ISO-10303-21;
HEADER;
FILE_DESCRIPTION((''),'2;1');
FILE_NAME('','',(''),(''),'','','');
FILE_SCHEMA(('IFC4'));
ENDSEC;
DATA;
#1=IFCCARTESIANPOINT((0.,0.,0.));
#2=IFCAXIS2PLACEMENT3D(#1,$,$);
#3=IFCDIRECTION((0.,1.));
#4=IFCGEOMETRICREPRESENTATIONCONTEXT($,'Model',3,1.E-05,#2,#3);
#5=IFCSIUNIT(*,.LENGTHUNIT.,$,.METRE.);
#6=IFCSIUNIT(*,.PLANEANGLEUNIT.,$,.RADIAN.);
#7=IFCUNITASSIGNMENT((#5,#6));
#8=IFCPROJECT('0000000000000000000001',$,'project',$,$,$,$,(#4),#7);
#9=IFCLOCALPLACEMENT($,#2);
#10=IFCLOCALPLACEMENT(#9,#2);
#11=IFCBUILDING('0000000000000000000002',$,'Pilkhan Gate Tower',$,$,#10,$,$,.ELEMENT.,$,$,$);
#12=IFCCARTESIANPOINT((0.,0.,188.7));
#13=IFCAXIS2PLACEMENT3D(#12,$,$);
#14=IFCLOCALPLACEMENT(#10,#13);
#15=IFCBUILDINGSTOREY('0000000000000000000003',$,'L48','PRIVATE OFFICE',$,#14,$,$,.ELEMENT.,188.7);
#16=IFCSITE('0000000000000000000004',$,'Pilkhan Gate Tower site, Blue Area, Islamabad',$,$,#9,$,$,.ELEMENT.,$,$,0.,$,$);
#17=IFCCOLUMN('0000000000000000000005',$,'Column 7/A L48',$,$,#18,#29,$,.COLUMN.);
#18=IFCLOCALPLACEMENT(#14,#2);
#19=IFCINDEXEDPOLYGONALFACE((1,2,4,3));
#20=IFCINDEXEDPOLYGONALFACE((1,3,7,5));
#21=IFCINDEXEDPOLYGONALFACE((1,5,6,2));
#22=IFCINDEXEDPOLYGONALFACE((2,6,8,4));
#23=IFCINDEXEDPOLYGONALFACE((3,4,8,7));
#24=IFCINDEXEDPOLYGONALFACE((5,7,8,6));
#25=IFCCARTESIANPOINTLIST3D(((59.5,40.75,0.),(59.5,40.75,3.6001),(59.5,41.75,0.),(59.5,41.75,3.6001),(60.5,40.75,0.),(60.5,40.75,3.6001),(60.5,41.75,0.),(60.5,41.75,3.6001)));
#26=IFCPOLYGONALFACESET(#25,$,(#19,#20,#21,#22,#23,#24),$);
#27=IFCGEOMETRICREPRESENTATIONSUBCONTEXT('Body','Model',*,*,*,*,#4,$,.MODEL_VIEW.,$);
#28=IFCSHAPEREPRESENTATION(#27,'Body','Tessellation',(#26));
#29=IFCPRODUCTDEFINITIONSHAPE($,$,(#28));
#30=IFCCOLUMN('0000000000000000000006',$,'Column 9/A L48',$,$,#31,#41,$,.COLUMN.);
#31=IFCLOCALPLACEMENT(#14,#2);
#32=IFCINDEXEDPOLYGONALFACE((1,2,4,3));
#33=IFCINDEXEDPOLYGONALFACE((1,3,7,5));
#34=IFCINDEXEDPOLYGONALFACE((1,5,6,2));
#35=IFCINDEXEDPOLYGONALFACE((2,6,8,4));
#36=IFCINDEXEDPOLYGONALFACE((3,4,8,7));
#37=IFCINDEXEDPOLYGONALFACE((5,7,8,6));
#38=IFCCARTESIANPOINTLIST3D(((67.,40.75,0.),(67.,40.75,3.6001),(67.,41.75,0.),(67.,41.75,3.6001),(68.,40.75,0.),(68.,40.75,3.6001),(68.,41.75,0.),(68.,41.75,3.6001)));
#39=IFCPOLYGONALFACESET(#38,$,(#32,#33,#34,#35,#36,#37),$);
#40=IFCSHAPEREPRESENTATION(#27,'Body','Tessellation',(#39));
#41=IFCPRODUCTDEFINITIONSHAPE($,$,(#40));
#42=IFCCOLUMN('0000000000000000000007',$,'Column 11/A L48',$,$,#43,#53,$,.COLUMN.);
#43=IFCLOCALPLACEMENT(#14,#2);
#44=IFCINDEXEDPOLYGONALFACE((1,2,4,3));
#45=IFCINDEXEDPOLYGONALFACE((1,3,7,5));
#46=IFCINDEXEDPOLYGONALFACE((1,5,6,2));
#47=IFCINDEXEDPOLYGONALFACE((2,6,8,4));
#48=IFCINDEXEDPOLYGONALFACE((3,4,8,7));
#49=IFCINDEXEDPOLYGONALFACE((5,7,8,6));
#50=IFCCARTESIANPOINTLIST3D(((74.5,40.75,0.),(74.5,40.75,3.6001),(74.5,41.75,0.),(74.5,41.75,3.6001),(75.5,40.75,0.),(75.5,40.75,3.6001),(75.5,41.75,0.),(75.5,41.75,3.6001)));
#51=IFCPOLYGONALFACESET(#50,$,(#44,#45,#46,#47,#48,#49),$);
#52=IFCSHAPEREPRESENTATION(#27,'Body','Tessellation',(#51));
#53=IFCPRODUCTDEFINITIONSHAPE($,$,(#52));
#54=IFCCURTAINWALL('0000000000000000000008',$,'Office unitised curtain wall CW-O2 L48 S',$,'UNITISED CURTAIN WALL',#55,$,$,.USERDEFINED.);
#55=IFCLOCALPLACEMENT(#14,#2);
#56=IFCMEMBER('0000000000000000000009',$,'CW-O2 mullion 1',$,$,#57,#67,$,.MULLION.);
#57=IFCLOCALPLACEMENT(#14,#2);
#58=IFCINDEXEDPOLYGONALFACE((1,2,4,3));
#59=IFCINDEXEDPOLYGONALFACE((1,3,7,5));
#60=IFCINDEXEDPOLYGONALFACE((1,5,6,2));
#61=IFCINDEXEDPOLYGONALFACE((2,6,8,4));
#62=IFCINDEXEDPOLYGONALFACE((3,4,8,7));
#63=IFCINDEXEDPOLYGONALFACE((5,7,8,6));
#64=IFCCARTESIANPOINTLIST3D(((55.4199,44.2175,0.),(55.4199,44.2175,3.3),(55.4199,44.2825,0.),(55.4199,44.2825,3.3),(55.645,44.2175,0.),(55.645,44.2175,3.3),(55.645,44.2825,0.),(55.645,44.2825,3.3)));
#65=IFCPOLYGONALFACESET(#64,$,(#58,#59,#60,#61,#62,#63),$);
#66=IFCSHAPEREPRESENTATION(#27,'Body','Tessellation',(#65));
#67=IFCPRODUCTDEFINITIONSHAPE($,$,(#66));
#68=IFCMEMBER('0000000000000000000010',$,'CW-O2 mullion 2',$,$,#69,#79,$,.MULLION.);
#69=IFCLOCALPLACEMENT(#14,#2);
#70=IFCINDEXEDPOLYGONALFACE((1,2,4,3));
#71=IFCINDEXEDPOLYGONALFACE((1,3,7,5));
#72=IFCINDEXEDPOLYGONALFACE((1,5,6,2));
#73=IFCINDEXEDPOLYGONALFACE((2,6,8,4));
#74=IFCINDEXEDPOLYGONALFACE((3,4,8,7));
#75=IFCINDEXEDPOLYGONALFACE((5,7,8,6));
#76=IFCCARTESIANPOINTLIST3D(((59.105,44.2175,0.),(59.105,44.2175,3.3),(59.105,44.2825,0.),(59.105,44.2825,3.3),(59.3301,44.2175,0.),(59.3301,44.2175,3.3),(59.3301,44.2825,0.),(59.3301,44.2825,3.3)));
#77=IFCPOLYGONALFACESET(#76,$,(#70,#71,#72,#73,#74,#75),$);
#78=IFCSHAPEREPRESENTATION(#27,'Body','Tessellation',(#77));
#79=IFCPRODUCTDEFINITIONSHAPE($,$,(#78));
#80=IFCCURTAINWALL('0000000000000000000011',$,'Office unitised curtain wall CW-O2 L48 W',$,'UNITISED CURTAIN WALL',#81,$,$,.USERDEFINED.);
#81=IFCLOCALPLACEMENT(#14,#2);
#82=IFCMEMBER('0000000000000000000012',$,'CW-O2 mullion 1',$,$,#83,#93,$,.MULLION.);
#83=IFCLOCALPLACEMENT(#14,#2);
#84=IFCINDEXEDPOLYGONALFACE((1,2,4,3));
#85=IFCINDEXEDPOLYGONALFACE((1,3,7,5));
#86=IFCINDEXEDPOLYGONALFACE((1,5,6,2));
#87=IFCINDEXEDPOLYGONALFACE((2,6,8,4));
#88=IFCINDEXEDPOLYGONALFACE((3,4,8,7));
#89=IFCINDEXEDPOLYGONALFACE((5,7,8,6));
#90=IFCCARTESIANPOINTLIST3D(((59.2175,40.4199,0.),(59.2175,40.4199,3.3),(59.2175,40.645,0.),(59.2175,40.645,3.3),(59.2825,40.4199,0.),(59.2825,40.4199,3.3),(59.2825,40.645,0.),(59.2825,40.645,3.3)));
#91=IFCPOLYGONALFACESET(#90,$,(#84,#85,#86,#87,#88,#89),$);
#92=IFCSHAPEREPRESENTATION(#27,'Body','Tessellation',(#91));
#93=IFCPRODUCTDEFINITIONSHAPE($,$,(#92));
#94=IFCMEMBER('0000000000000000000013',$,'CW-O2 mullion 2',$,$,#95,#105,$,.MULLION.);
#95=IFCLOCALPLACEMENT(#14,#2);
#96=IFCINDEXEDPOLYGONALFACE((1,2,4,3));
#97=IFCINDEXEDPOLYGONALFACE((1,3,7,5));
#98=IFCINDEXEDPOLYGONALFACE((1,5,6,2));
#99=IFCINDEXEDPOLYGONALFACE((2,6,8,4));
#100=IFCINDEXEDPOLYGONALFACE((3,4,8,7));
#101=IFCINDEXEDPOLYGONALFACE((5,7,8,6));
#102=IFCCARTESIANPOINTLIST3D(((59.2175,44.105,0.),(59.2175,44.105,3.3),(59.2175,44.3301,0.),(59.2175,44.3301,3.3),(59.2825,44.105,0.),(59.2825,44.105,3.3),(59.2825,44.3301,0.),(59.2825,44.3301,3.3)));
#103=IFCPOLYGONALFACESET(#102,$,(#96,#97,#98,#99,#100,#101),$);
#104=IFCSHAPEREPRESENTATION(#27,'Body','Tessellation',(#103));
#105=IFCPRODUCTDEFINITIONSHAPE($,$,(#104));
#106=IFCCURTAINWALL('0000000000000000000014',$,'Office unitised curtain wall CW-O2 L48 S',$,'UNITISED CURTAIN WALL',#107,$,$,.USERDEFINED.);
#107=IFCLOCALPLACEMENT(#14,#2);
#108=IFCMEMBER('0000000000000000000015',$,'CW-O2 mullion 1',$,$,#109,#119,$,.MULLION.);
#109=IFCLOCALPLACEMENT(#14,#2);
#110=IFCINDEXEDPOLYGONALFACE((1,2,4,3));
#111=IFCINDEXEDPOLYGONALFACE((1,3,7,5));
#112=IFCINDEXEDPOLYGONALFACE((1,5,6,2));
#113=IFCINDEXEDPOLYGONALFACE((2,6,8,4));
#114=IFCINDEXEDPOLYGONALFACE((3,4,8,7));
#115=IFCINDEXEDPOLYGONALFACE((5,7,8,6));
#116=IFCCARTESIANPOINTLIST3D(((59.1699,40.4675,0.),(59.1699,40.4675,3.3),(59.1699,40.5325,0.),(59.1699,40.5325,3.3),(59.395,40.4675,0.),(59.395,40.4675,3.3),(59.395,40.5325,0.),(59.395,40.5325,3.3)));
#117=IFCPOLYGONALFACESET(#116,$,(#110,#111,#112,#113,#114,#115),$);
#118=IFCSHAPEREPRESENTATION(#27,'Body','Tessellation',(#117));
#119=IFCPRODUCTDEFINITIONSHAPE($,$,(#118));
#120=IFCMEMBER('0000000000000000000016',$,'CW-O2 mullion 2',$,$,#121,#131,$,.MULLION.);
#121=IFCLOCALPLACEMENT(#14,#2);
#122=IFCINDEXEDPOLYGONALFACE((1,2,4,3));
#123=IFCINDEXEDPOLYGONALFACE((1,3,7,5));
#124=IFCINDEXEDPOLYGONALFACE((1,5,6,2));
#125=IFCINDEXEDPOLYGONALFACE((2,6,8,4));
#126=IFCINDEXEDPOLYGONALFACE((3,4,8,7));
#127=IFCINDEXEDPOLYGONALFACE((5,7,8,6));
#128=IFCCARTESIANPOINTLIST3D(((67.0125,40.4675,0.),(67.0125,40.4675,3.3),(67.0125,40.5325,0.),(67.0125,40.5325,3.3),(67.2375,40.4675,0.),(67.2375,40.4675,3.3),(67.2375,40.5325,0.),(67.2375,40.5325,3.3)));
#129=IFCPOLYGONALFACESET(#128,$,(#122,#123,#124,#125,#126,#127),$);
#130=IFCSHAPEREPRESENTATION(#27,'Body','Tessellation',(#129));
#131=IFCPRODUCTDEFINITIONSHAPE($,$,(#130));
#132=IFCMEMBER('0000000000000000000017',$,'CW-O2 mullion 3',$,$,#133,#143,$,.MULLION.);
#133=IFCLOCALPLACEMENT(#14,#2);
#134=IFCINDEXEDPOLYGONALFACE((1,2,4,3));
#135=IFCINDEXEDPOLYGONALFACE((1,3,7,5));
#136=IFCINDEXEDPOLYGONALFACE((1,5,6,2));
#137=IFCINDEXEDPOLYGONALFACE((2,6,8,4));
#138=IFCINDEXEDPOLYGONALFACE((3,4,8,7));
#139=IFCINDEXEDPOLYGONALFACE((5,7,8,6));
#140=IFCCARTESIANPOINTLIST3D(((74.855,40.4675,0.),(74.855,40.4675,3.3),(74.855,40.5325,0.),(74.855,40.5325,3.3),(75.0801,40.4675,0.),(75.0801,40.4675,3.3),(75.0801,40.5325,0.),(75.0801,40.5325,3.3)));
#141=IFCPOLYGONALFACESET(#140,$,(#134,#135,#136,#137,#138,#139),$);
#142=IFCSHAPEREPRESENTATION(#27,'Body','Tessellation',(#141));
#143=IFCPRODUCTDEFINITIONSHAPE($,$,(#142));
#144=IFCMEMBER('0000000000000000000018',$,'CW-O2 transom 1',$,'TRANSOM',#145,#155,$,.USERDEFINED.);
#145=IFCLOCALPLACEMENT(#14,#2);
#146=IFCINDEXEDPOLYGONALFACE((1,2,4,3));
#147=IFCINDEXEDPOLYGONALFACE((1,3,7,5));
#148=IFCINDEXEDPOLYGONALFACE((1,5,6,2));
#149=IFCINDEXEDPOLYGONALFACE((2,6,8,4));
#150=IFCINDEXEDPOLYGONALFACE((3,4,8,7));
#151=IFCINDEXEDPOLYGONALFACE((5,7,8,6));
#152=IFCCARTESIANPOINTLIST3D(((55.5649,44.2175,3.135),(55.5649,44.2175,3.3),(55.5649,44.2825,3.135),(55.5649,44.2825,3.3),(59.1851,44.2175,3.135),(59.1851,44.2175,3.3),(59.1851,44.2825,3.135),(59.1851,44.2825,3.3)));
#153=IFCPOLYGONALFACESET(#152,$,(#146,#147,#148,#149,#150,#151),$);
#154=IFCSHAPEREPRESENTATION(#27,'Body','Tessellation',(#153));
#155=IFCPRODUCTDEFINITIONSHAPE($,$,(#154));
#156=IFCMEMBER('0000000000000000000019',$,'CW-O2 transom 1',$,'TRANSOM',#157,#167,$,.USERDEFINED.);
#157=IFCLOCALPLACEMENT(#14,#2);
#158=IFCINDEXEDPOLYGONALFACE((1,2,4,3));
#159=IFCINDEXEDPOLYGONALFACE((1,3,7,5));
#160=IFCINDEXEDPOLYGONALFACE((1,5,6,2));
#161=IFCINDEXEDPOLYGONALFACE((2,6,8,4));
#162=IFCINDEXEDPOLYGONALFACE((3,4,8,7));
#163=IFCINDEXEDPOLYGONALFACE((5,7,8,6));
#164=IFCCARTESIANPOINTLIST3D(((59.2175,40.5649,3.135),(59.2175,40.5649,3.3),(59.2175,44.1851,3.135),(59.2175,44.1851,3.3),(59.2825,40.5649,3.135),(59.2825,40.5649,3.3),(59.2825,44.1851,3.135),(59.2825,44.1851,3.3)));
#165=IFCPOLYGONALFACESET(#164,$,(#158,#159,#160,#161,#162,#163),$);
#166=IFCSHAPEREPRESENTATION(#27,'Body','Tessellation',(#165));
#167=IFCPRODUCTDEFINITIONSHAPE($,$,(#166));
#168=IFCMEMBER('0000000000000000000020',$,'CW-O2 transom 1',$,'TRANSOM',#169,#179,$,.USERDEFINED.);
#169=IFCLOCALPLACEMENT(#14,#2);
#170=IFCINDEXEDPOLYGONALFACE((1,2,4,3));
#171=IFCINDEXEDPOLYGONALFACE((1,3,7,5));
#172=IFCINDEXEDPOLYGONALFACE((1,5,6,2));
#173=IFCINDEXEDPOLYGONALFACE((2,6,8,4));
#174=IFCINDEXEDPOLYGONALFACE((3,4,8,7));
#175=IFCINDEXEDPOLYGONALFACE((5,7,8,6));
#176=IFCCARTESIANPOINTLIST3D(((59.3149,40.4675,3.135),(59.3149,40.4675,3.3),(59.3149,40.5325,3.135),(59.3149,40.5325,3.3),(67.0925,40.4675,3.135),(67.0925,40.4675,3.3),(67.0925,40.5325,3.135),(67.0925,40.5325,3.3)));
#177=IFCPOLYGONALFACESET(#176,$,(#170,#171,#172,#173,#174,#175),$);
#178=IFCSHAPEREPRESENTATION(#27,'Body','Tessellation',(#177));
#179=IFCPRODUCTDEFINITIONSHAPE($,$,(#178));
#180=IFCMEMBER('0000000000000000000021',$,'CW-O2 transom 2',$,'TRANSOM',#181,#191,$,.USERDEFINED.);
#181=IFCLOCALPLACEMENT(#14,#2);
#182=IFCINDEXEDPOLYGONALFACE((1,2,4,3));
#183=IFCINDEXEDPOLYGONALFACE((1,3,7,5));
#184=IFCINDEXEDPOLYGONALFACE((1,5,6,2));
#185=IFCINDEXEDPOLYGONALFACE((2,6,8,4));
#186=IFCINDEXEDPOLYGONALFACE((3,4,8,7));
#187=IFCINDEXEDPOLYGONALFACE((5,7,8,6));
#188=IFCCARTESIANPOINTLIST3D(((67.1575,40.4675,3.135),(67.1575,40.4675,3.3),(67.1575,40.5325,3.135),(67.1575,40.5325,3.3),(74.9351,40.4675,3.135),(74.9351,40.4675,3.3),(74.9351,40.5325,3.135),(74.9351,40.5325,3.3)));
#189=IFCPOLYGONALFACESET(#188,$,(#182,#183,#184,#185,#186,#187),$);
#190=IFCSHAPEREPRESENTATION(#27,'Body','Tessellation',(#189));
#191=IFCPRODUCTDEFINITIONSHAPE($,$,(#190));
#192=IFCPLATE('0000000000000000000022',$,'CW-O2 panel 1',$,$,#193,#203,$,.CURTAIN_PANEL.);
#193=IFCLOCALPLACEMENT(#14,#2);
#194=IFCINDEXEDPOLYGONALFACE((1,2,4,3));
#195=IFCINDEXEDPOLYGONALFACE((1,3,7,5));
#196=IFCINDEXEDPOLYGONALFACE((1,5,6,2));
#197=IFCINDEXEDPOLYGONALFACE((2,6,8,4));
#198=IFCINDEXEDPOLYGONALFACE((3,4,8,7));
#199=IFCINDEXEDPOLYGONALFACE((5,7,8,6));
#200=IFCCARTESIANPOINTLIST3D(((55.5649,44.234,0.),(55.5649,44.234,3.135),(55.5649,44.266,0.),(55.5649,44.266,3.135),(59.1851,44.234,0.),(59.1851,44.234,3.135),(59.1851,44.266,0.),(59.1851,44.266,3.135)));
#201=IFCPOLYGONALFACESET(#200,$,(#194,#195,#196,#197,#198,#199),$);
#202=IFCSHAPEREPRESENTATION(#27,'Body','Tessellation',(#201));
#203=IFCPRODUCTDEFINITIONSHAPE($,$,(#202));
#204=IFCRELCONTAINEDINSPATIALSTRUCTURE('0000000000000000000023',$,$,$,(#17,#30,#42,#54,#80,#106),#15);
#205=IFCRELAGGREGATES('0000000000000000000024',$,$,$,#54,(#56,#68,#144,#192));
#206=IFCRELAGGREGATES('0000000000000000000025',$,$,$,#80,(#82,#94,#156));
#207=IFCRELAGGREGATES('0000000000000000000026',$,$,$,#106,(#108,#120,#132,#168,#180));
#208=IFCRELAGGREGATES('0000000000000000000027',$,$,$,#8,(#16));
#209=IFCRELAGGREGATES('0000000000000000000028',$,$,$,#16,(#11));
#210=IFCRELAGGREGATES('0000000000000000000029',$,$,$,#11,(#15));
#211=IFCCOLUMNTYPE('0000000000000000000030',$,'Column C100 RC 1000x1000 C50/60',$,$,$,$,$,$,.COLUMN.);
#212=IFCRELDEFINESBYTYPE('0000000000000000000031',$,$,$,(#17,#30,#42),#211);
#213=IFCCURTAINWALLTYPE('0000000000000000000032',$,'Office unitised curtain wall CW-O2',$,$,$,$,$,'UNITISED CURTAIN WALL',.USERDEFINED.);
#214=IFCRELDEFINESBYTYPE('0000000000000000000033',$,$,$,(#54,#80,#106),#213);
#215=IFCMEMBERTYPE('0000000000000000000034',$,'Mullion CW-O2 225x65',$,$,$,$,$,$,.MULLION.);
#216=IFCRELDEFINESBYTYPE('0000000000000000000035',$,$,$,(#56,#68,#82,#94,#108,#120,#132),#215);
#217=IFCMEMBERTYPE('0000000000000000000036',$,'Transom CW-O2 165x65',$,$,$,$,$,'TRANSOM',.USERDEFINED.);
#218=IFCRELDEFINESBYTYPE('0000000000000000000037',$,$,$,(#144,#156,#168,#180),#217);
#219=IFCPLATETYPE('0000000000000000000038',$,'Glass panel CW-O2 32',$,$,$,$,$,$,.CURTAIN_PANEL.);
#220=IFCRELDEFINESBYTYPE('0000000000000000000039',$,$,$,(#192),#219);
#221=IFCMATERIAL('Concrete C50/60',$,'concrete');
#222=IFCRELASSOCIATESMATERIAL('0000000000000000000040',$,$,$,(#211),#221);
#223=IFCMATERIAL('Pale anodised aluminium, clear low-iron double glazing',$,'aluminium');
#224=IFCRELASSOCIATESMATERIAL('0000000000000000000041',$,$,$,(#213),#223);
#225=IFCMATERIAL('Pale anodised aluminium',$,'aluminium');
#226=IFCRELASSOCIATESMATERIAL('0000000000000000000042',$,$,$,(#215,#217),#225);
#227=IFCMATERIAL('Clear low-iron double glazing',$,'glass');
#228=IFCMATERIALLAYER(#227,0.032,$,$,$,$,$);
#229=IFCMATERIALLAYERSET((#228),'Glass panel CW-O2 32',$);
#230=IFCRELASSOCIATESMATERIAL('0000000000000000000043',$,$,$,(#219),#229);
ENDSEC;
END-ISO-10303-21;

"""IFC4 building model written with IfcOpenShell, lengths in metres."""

from ifc_helpers import new_model, si_unit, direction, frame, origin, origin_2d, place, context, subcontext, project, spatial, rectangle, extrude, material, layer, layer_set, material_profile, profile_set, type_object, element, aggregate, save


model = new_model("IFC4")

# Units and contexts
model_context = context("Model", 3, precision=1e-05, world=origin(), true_north=direction((0.0, 1.0)))
body_context = subcontext(model_context, "Body", "Model", "MODEL_VIEW")
ifc_project = project(units=[si_unit("LENGTHUNIT", "METRE"), si_unit("PLANEANGLEUNIT", "RADIAN")], contexts=[model_context])

# Site, building, storey
site_placement = place(None, origin())
site = spatial("IfcSite", under=ifc_project, at=site_placement, Name="Pilkhan Gate Tower site, Blue Area, Islamabad", CompositionType="ELEMENT", RefElevation=0.0)
building_placement = place(site_placement, origin())
building = spatial("IfcBuilding", under=site, at=building_placement, Name="Pilkhan Gate Tower", CompositionType="ELEMENT")
storey_placement = place(building_placement, frame((0.0, 0.0, 188.7)))
storey = spatial("IfcBuildingStorey", under=building, at=storey_placement, Name="L48", Description="PRIVATE OFFICE", CompositionType="ELEMENT", Elevation=188.7)

# Columns
ifc_material_1 = material(Name="Concrete C50/60", Category="concrete")
ifc_material_profile_1 = material_profile(ifc_material_1, rectangle(XDim=1.0, YDim=1.0, at=origin_2d()), Name="RC 1000x1000")
ifc_profile_set_1 = profile_set([ifc_material_profile_1], Name="Concrete C50/60")
column_type = type_object("IfcColumnType", Name="Column C100 RC 1000x1000 C50/60", PredefinedType="COLUMN", material=ifc_profile_set_1)
for number, where, z_axis, x_axis, name in (
    (1, (60.0, 41.25, 0.0), (0.0, 0.0, 1.0), (1.0, 0.0, 0.0), "Column 7/A L48"),
    (2, (67.5, 41.25, 0.0), (0.0, 0.0, 1.0), (1.0, 0.0, 0.0), "Column 9/A L48"),
    (3, (75.0, 41.25, 0.0), (0.0, 0.0, 1.0), (1.0, 0.0, 0.0), "Column 11/A L48"),
):
    element("IfcColumn", number, at=place(storey_placement, frame(where, z_axis=z_axis, x_axis=x_axis)), inside=storey, type_object=column_type, Name=name, PredefinedType="COLUMN", context=body_context, shape_type="SweptSolid", body=[
        extrude(rectangle(XDim=1.0, YDim=1.0, at=origin_2d()), origin(), (0.0, 0.0, 1.0), 3.6001),
    ])

# Curtain walls, members
ifc_material_2 = material(Name="Pale anodised aluminium, clear low-iron double glazing", Category="aluminium")
curtain_wall_type = type_object("IfcCurtainWallType", Name="Office unitised curtain wall CW-O2", ElementType="UNITISED CURTAIN WALL", PredefinedType="USERDEFINED", material=ifc_material_2)
curtain_wall_1_placement = place(storey_placement, origin())
curtain_wall_1 = element("IfcCurtainWall", 4, at=curtain_wall_1_placement, inside=storey, type_object=curtain_wall_type, Name="Office unitised curtain wall CW-O2 L48 S", ObjectType="UNITISED CURTAIN WALL", PredefinedType="USERDEFINED")
ifc_material_3 = material(Name="Pale anodised aluminium", Category="aluminium")
ifc_material_profile_2 = material_profile(ifc_material_3, rectangle(XDim=0.0649, YDim=0.2251, at=origin_2d()), Name="Mullion 225x65")
ifc_profile_set_2 = profile_set([ifc_material_profile_2], Name="Pale anodised aluminium")
member_type_1 = type_object("IfcMemberType", Name="Mullion CW-O2 225x65", PredefinedType="MULLION", material=ifc_profile_set_2)
member_1_placement = place(storey_placement, frame((55.5325, 44.25, 0.0), z_axis=(0.0, 0.0, 1.0), x_axis=(0.0, 1.0, 0.0)))
member_1 = element("IfcMember", 5, at=member_1_placement, type_object=member_type_1, Name="CW-O2 mullion 1", PredefinedType="MULLION", context=body_context, shape_type="SweptSolid", body=[
    extrude(rectangle(XDim=0.0649, YDim=0.2251, at=origin_2d()), origin(), (0.0, 0.0, 1.0), 3.3),
])
member_2_placement = place(storey_placement, frame((59.2175, 44.25, 0.0), z_axis=(0.0, 0.0, 1.0), x_axis=(0.0, 1.0, 0.0)))
member_2 = element("IfcMember", 6, at=member_2_placement, type_object=member_type_1, Name="CW-O2 mullion 2", PredefinedType="MULLION", context=body_context, shape_type="SweptSolid", body=[
    extrude(rectangle(XDim=0.0649, YDim=0.2251, at=origin_2d()), origin(), (0.0, 0.0, 1.0), 3.3),
])
curtain_wall_2_placement = place(storey_placement, origin())
curtain_wall_2 = element("IfcCurtainWall", 7, at=curtain_wall_2_placement, inside=storey, type_object=curtain_wall_type, Name="Office unitised curtain wall CW-O2 L48 W", ObjectType="UNITISED CURTAIN WALL", PredefinedType="USERDEFINED")
member_3_placement = place(storey_placement, frame((59.25, 40.5325, 0.0), z_axis=(0.0, 0.0, 1.0), x_axis=(-1.0, 0.0, 0.0)))
member_3 = element("IfcMember", 8, at=member_3_placement, type_object=member_type_1, Name="CW-O2 mullion 1", PredefinedType="MULLION", context=body_context, shape_type="SweptSolid", body=[
    extrude(rectangle(XDim=0.0649, YDim=0.2251, at=origin_2d()), origin(), (0.0, 0.0, 1.0), 3.3),
])
member_4_placement = place(storey_placement, frame((59.25, 44.2175, 0.0), z_axis=(0.0, 0.0, 1.0), x_axis=(-1.0, 0.0, 0.0)))
member_4 = element("IfcMember", 9, at=member_4_placement, type_object=member_type_1, Name="CW-O2 mullion 2", PredefinedType="MULLION", context=body_context, shape_type="SweptSolid", body=[
    extrude(rectangle(XDim=0.0649, YDim=0.2251, at=origin_2d()), origin(), (0.0, 0.0, 1.0), 3.3),
])
curtain_wall_3_placement = place(storey_placement, origin())
curtain_wall_3 = element("IfcCurtainWall", 10, at=curtain_wall_3_placement, inside=storey, type_object=curtain_wall_type, Name="Office unitised curtain wall CW-O2 L48 S", ObjectType="UNITISED CURTAIN WALL", PredefinedType="USERDEFINED")
member_5_placement = place(storey_placement, frame((59.2825, 40.5, 0.0), z_axis=(0.0, 0.0, 1.0), x_axis=(0.0, 1.0, 0.0)))
member_5 = element("IfcMember", 11, at=member_5_placement, type_object=member_type_1, Name="CW-O2 mullion 1", PredefinedType="MULLION", context=body_context, shape_type="SweptSolid", body=[
    extrude(rectangle(XDim=0.0649, YDim=0.2251, at=origin_2d()), origin(), (0.0, 0.0, 1.0), 3.3),
])
member_6_placement = place(storey_placement, frame((67.125, 40.5, 0.0), z_axis=(0.0, 0.0, 1.0), x_axis=(0.0, 1.0, 0.0)))
member_6 = element("IfcMember", 12, at=member_6_placement, type_object=member_type_1, Name="CW-O2 mullion 2", PredefinedType="MULLION", context=body_context, shape_type="SweptSolid", body=[
    extrude(rectangle(XDim=0.0649, YDim=0.2251, at=origin_2d()), origin(), (0.0, 0.0, 1.0), 3.3),
])
member_7_placement = place(storey_placement, frame((74.9675, 40.5, 0.0), z_axis=(0.0, 0.0, 1.0), x_axis=(0.0, 1.0, 0.0)))
member_7 = element("IfcMember", 13, at=member_7_placement, type_object=member_type_1, Name="CW-O2 mullion 3", PredefinedType="MULLION", context=body_context, shape_type="SweptSolid", body=[
    extrude(rectangle(XDim=0.0649, YDim=0.2251, at=origin_2d()), origin(), (0.0, 0.0, 1.0), 3.3),
])

# Members
ifc_material_profile_3 = material_profile(ifc_material_3, rectangle(XDim=0.0649, YDim=0.165, at=origin_2d()), Name="Transom 165x65")
ifc_profile_set_3 = profile_set([ifc_material_profile_3], Name="Pale anodised aluminium")
member_type_2 = type_object("IfcMemberType", Name="Transom CW-O2 165x65", ElementType="TRANSOM", PredefinedType="USERDEFINED", material=ifc_profile_set_3)
member_8_placement = place(storey_placement, frame((55.5649, 44.25, 3.2175), z_axis=(1.0, 0.0, 0.0), x_axis=(0.0, 1.0, 0.0)))
member_8 = element("IfcMember", 14, at=member_8_placement, type_object=member_type_2, Name="CW-O2 transom 1", ObjectType="TRANSOM", PredefinedType="USERDEFINED", context=body_context, shape_type="SweptSolid", body=[
    extrude(rectangle(XDim=0.0649, YDim=0.165, at=origin_2d()), origin(), (0.0, 0.0, 1.0), 3.6201),
])
member_9_placement = place(storey_placement, frame((59.25, 40.5649, 3.2175), z_axis=(0.0, 1.0, 0.0), x_axis=(-1.0, 0.0, 0.0)))
member_9 = element("IfcMember", 15, at=member_9_placement, type_object=member_type_2, Name="CW-O2 transom 1", ObjectType="TRANSOM", PredefinedType="USERDEFINED", context=body_context, shape_type="SweptSolid", body=[
    extrude(rectangle(XDim=0.0649, YDim=0.165, at=origin_2d()), origin(), (0.0, 0.0, 1.0), 3.6201),
])
member_10_placement = place(storey_placement, frame((59.3149, 40.5, 3.2175), z_axis=(1.0, 0.0, 0.0), x_axis=(0.0, 1.0, 0.0)))
member_10 = element("IfcMember", 16, at=member_10_placement, type_object=member_type_2, Name="CW-O2 transom 1", ObjectType="TRANSOM", PredefinedType="USERDEFINED", context=body_context, shape_type="SweptSolid", body=[
    extrude(rectangle(XDim=0.0649, YDim=0.165, at=origin_2d()), origin(), (0.0, 0.0, 1.0), 7.7776),
])
member_11_placement = place(storey_placement, frame((67.1575, 40.5, 3.2175), z_axis=(1.0, 0.0, 0.0), x_axis=(0.0, 1.0, 0.0)))
member_11 = element("IfcMember", 17, at=member_11_placement, type_object=member_type_2, Name="CW-O2 transom 2", ObjectType="TRANSOM", PredefinedType="USERDEFINED", context=body_context, shape_type="SweptSolid", body=[
    extrude(rectangle(XDim=0.0649, YDim=0.165, at=origin_2d()), origin(), (0.0, 0.0, 1.0), 7.7776),
])

# Plate
ifc_material_4 = material(Name="Clear low-iron double glazing", Category="glass")
ifc_layer_1 = layer(ifc_material_4, 0.032)
ifc_layer_set_1 = layer_set([ifc_layer_1], Name="Glass panel CW-O2 32")
plate_type = type_object("IfcPlateType", Name="Glass panel CW-O2 32", PredefinedType="CURTAIN_PANEL", material=ifc_layer_set_1)
plate_1_placement = place(storey_placement, frame((57.375, 44.25, 0.0), z_axis=(0.0, 0.0, 1.0), x_axis=(1.0, 0.0, 0.0)))
plate_1 = element("IfcPlate", 18, at=plate_1_placement, type_object=plate_type, Name="CW-O2 panel 1", PredefinedType="CURTAIN_PANEL", context=body_context, shape_type="SweptSolid", body=[
    extrude(rectangle(XDim=3.6201, YDim=0.032, at=origin_2d()), origin(), (0.0, 0.0, 1.0), 3.135),
])
aggregate(curtain_wall_1, [member_1, member_2, member_8, plate_1])
aggregate(curtain_wall_2, [member_3, member_4, member_9])
aggregate(curtain_wall_3, [member_5, member_6, member_7, member_10, member_11])

save(model, "model.ifc")
